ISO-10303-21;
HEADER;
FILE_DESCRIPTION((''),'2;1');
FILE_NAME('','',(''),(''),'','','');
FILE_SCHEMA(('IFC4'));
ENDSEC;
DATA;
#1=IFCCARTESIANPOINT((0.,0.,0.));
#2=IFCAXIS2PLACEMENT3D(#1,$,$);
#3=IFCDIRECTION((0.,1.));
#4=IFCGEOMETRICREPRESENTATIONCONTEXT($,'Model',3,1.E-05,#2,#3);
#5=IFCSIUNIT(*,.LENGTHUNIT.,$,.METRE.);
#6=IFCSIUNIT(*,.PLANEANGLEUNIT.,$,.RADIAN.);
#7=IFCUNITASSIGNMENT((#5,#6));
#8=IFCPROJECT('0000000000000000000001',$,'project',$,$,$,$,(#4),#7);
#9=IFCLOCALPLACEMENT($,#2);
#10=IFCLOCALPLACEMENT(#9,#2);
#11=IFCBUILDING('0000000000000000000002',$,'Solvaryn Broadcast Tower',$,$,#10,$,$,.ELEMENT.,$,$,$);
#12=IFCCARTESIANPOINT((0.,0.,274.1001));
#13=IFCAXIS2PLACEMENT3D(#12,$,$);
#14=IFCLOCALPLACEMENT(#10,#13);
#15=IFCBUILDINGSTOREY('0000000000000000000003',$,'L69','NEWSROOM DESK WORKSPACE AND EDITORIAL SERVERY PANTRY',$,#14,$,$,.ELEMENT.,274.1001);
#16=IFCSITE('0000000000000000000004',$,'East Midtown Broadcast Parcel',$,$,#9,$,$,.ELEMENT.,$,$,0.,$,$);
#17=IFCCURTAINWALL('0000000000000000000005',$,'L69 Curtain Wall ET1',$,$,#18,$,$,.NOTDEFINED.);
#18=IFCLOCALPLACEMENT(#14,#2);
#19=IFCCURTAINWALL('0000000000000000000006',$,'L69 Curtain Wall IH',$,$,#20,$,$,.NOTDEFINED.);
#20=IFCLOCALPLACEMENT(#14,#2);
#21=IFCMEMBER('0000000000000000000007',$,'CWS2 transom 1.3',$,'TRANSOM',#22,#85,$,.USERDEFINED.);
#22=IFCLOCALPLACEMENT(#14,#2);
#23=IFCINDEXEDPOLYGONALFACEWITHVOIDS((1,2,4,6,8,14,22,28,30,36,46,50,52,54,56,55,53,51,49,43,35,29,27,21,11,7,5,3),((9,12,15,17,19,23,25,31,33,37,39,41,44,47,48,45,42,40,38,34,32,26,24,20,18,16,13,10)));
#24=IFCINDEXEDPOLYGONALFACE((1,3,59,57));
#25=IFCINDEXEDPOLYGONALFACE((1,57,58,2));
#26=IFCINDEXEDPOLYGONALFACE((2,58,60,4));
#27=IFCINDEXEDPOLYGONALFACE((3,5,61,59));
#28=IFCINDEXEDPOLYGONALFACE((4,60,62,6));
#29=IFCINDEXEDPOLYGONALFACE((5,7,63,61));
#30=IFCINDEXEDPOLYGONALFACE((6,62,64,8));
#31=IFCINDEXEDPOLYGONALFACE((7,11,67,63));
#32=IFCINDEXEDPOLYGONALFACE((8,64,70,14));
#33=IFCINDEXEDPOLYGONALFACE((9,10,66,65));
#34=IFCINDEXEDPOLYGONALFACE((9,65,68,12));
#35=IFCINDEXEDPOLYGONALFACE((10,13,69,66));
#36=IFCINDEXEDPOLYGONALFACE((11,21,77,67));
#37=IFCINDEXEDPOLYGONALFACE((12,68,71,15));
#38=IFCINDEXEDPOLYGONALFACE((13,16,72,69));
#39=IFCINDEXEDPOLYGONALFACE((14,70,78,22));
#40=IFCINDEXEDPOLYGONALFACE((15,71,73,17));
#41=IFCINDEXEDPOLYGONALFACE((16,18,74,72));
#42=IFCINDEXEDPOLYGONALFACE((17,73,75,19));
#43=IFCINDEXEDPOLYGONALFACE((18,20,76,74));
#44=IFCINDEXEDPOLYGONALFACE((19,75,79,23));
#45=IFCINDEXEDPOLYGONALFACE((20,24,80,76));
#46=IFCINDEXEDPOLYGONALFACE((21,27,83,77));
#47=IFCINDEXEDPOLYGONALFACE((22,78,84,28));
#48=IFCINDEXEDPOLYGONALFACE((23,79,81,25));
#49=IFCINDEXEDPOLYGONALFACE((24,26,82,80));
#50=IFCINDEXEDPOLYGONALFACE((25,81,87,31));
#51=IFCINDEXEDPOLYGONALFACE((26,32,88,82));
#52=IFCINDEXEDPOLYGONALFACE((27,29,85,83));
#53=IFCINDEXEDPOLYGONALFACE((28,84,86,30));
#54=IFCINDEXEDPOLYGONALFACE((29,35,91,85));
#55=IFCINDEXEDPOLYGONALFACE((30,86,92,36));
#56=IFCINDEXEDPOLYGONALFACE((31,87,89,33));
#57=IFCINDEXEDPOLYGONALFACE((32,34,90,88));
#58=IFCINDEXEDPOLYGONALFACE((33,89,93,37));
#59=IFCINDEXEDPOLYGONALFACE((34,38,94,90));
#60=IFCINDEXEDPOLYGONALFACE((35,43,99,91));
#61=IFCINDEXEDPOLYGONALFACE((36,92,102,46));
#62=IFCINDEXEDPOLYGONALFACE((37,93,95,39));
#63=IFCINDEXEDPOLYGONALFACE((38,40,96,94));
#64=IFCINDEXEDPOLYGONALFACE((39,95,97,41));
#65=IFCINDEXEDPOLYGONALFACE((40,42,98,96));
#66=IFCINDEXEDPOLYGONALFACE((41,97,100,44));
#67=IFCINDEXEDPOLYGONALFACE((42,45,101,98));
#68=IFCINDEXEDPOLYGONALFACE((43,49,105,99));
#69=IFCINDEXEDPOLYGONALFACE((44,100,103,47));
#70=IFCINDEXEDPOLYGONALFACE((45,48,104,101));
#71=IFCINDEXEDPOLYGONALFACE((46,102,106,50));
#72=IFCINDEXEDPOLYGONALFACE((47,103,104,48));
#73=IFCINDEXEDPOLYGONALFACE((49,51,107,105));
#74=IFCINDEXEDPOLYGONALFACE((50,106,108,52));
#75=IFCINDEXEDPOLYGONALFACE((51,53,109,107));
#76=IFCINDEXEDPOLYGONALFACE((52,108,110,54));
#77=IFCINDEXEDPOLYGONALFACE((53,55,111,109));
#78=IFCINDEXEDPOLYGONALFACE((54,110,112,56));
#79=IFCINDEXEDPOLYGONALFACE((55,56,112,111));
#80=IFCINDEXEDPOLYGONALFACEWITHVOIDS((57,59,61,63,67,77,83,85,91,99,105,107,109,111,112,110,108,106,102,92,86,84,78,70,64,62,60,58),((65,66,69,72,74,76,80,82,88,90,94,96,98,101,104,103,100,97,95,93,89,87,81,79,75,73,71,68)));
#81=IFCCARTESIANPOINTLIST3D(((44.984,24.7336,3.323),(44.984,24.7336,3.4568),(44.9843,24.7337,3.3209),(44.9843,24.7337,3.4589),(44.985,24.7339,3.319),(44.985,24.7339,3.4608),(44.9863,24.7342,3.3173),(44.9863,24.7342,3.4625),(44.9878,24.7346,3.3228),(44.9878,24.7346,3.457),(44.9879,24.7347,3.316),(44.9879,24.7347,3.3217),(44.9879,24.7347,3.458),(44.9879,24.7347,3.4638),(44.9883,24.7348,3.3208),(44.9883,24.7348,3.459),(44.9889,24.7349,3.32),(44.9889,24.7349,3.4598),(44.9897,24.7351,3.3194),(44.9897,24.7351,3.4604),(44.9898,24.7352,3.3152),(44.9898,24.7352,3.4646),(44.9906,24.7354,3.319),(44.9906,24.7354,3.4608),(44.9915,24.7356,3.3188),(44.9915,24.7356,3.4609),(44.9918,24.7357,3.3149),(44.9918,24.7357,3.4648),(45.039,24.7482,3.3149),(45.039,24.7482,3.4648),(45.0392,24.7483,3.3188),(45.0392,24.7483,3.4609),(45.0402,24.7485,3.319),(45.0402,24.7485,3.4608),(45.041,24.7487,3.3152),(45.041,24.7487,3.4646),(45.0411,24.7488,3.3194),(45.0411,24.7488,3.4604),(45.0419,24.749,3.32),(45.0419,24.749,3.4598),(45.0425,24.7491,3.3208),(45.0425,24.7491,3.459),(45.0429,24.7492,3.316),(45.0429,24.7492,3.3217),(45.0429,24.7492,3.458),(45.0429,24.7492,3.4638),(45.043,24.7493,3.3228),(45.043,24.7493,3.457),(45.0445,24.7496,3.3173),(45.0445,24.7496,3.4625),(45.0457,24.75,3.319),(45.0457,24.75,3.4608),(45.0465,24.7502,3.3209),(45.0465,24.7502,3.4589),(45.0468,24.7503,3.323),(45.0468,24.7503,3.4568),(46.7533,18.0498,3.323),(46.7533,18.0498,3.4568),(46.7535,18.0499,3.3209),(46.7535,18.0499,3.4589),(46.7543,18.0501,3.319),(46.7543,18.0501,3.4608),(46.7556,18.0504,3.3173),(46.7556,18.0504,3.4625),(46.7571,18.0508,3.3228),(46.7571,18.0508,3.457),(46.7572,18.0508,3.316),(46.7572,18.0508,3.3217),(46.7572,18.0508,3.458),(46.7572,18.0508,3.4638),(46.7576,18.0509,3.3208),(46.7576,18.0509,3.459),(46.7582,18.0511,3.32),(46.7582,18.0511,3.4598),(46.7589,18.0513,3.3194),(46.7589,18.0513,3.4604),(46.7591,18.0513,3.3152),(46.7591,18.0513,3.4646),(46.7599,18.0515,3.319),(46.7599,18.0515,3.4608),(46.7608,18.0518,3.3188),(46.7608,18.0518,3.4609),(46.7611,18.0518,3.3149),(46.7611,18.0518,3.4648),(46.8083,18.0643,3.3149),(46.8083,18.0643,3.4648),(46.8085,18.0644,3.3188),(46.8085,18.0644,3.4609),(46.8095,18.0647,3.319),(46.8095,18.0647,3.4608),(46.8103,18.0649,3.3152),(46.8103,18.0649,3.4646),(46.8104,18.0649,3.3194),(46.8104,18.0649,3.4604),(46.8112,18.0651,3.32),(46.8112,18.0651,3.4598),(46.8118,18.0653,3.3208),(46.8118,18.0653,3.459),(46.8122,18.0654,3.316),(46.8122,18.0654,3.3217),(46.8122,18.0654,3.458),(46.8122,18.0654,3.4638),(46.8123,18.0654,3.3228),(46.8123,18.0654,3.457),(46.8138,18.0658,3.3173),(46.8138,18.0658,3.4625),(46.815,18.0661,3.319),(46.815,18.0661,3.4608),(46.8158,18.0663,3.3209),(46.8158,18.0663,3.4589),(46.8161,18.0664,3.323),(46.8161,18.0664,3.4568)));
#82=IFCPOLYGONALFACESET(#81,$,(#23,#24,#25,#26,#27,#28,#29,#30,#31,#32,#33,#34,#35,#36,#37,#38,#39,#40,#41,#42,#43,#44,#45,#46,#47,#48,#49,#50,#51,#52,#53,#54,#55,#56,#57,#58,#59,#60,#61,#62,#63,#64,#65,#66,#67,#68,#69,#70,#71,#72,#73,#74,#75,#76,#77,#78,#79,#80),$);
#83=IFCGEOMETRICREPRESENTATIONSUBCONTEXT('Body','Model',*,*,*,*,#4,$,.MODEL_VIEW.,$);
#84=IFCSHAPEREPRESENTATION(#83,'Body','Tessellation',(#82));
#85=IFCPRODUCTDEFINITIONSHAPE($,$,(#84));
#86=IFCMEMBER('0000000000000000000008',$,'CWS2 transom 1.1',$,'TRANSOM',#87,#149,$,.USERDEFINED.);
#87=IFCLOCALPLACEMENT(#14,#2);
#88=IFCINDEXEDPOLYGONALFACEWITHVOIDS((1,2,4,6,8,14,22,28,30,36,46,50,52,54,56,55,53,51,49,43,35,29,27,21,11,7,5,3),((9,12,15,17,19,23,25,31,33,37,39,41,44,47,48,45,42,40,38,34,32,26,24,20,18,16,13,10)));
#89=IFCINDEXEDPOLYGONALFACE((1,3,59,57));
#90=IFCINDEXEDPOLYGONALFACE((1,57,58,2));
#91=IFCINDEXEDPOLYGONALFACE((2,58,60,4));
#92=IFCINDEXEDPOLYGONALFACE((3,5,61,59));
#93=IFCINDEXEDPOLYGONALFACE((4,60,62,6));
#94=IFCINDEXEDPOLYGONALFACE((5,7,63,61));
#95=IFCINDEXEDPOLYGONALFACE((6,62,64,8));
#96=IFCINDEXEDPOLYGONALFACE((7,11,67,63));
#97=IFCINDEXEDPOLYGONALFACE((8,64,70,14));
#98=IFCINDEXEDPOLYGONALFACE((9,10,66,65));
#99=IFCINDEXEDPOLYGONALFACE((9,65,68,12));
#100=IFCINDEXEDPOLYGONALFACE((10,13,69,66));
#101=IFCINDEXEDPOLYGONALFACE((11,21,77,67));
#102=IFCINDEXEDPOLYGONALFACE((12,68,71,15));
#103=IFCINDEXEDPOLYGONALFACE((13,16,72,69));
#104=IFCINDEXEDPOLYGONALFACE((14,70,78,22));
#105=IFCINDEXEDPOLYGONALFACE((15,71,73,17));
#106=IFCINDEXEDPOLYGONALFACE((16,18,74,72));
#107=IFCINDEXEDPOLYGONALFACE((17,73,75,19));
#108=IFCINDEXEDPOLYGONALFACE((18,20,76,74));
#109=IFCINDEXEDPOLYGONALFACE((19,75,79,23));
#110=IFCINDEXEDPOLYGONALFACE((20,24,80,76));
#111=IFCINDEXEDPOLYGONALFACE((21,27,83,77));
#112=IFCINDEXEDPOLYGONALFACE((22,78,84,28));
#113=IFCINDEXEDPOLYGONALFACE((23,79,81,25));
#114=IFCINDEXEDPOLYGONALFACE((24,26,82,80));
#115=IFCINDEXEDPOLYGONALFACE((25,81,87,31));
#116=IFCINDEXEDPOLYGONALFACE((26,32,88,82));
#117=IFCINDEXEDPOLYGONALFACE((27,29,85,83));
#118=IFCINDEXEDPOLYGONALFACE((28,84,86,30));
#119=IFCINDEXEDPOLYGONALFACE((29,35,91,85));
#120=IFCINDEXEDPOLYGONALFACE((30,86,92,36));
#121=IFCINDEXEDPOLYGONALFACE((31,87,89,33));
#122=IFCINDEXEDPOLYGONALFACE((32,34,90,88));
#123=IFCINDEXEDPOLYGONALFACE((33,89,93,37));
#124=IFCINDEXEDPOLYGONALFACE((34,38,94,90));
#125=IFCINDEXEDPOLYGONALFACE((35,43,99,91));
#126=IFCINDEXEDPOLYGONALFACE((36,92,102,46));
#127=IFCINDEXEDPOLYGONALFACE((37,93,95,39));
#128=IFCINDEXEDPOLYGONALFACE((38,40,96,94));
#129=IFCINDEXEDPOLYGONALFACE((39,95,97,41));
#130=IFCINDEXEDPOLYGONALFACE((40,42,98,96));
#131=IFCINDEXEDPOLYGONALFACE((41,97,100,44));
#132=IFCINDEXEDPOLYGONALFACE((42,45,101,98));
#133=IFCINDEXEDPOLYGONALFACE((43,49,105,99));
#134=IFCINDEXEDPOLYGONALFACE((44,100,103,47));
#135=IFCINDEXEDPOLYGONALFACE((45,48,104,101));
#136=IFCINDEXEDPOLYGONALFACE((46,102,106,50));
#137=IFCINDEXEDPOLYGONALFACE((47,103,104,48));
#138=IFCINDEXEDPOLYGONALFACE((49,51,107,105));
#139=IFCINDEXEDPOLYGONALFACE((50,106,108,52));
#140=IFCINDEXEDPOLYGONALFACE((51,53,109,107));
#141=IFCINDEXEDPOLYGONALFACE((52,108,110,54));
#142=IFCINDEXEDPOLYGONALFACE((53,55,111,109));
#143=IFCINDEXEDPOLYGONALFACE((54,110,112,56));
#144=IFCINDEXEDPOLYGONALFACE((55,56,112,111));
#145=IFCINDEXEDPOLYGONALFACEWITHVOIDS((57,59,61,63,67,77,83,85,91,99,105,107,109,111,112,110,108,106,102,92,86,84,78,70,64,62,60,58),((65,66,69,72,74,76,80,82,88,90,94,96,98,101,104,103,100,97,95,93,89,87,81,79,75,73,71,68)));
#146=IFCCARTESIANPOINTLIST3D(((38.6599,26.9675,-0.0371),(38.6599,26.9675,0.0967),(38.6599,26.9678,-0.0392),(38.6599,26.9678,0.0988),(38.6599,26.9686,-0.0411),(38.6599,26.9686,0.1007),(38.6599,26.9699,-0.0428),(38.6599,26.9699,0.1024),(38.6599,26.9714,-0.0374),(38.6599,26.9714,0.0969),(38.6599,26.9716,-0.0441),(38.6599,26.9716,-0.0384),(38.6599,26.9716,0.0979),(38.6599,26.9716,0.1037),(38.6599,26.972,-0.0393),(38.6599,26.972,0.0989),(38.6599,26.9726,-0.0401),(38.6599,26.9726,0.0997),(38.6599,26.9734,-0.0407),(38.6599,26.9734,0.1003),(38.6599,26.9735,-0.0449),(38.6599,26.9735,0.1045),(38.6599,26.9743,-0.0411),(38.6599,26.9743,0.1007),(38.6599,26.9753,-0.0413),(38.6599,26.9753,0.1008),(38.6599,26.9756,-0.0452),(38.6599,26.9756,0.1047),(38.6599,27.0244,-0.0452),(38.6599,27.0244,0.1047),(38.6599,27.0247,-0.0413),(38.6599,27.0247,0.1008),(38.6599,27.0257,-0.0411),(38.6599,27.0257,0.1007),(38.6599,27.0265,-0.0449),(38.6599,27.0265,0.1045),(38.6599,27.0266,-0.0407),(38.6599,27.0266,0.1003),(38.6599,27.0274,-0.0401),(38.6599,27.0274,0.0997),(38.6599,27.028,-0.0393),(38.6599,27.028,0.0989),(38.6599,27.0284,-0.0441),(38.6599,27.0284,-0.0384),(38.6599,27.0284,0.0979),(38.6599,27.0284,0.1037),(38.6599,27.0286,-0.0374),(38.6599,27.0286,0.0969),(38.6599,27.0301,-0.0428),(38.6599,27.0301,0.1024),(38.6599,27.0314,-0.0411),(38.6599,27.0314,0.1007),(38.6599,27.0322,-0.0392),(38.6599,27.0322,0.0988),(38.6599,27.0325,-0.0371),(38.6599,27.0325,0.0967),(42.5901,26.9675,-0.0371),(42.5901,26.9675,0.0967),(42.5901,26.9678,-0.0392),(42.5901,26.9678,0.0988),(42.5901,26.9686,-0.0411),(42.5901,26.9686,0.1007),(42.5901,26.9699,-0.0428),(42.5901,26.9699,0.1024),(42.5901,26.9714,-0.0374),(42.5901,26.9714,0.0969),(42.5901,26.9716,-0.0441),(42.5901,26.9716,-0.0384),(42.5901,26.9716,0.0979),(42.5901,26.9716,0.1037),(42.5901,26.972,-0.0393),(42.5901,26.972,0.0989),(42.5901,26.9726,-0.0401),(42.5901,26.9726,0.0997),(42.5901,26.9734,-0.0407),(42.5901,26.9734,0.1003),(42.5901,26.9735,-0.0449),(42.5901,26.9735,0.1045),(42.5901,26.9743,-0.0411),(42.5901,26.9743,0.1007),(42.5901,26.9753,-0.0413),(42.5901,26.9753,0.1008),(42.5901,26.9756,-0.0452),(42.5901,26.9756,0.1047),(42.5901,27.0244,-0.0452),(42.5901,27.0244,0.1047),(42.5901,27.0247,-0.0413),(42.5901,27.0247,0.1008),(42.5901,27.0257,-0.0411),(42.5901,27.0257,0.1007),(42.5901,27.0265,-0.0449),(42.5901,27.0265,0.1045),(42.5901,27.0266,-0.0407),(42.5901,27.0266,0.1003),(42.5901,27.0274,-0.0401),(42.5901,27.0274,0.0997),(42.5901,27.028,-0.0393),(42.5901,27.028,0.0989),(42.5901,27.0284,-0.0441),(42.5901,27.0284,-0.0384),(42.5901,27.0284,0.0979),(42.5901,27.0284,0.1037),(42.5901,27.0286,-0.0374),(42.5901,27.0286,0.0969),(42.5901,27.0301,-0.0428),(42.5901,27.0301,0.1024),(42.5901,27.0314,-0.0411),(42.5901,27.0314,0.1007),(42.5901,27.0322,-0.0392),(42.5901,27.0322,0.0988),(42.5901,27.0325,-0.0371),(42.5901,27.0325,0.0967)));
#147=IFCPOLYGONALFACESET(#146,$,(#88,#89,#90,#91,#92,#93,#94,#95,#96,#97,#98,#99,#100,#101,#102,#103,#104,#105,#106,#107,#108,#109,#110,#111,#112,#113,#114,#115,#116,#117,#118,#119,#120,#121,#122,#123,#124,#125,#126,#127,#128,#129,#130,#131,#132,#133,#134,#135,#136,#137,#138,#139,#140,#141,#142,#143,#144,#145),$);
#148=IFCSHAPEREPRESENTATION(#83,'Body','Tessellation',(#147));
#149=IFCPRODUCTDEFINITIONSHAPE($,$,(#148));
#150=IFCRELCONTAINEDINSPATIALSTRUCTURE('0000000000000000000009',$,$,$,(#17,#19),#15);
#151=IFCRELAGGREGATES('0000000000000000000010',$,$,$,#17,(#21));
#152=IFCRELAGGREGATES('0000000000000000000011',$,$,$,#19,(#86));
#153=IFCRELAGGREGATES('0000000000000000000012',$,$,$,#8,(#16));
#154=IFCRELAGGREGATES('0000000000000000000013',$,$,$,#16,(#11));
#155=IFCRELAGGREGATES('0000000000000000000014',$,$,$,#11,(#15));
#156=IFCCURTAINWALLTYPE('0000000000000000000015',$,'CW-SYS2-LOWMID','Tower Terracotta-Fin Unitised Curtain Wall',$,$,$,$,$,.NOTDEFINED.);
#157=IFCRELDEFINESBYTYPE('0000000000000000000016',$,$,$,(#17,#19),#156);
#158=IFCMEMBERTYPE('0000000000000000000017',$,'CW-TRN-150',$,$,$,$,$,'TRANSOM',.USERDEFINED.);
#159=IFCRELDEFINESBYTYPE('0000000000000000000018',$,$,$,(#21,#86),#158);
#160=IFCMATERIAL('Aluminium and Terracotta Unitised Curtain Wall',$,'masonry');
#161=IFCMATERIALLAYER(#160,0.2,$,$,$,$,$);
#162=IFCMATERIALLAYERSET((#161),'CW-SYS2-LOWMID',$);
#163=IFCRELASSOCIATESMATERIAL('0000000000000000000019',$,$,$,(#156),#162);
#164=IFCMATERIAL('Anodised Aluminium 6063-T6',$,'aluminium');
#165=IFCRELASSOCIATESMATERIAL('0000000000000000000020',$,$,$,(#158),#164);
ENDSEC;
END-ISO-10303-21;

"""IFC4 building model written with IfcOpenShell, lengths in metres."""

from ifc_helpers import new_model, si_unit, direction, frame, origin, origin_2d, place, context, subcontext, project, spatial, hollow_rectangle, extrude, material, layer, layer_set, material_profile, profile_set, type_object, element, aggregate, save


model = new_model("IFC4")

# Units and contexts
model_context = context("Model", 3, precision=1e-05, world=origin(), true_north=direction((0.0, 1.0)))
body_context = subcontext(model_context, "Body", "Model", "MODEL_VIEW")
ifc_project = project(units=[si_unit("LENGTHUNIT", "METRE"), si_unit("PLANEANGLEUNIT", "RADIAN")], contexts=[model_context])

# Site, building, storey
site_placement = place(None, origin())
site = spatial("IfcSite", under=ifc_project, at=site_placement, Name="East Midtown Broadcast Parcel", CompositionType="ELEMENT", RefElevation=0.0)
building_placement = place(site_placement, origin())
building = spatial("IfcBuilding", under=site, at=building_placement, Name="Solvaryn Broadcast Tower", CompositionType="ELEMENT")
storey_placement = place(building_placement, frame((0.0, 0.0, 274.1001)))
storey = spatial("IfcBuildingStorey", under=building, at=storey_placement, Name="L69", Description="NEWSROOM DESK WORKSPACE AND EDITORIAL SERVERY PANTRY", CompositionType="ELEMENT", Elevation=274.1001)

# Curtain walls
ifc_material_1 = material(Name="Aluminium and Terracotta Unitised Curtain Wall", Category="masonry")
ifc_layer_1 = layer(ifc_material_1, 0.2)
ifc_layer_set_1 = layer_set([ifc_layer_1], Name="CW-SYS2-LOWMID")
curtain_wall_type = type_object("IfcCurtainWallType", Name="CW-SYS2-LOWMID", Description="Tower Terracotta-Fin Unitised Curtain Wall", PredefinedType="NOTDEFINED", material=ifc_layer_set_1)
curtain_wall_1_placement = place(storey_placement, origin())
curtain_wall_1 = element("IfcCurtainWall", 1, at=curtain_wall_1_placement, inside=storey, type_object=curtain_wall_type, Name="L69 Curtain Wall ET1", PredefinedType="NOTDEFINED")
curtain_wall_2_placement = place(storey_placement, origin())
curtain_wall_2 = element("IfcCurtainWall", 2, at=curtain_wall_2_placement, inside=storey, type_object=curtain_wall_type, Name="L69 Curtain Wall IH", PredefinedType="NOTDEFINED")

# Members
ifc_material_2 = material(Name="Anodised Aluminium 6063-T6", Category="aluminium")
ifc_material_profile_1 = material_profile(ifc_material_2, hollow_rectangle(XDim=0.0649, YDim=0.1499, WallThickness=0.0039, InnerFilletRadius=0.0039, OuterFilletRadius=0.0081, at=origin_2d()))
ifc_profile_set_1 = profile_set([ifc_material_profile_1], Name="Anodised Aluminium 6063-T6")
member_type_1 = type_object("IfcMemberType", Name="CW-TRN-150", ElementType="TRANSOM", PredefinedType="USERDEFINED", material=ifc_profile_set_1)
member_1_placement = place(storey_placement, frame((45.0154, 24.7419, 3.3899), z_axis=(0.255897, -0.966704, 0.0), x_axis=(0.966704, 0.255897, 0.0)))
member_1 = element("IfcMember", 3, at=member_1_placement, type_object=member_type_1, Name="CWS2 transom 1.3", ObjectType="TRANSOM", PredefinedType="USERDEFINED", context=body_context, shape_type="SweptSolid", body=[
    extrude(hollow_rectangle(XDim=0.0649, YDim=0.1499, WallThickness=0.0039, InnerFilletRadius=0.0039, OuterFilletRadius=0.0081, at=origin_2d()), origin(), (0.0, 0.0, 1.0), 6.9141),
])
member_2_placement = place(storey_placement, frame((38.6599, 27.0, 0.0298), z_axis=(1.0, 0.0, 0.0), x_axis=(0.0, 1.0, 0.0)))
member_2 = element("IfcMember", 4, at=member_2_placement, type_object=member_type_1, Name="CWS2 transom 1.1", ObjectType="TRANSOM", PredefinedType="USERDEFINED", context=body_context, shape_type="SweptSolid", body=[
    extrude(hollow_rectangle(XDim=0.0649, YDim=0.1499, WallThickness=0.0039, InnerFilletRadius=0.0039, OuterFilletRadius=0.0081, at=origin_2d()), origin(), (0.0, 0.0, 1.0), 3.9302),
])

aggregate(curtain_wall_1, [member_1])
aggregate(curtain_wall_2, [member_2])

save(model, "model.ifc")
